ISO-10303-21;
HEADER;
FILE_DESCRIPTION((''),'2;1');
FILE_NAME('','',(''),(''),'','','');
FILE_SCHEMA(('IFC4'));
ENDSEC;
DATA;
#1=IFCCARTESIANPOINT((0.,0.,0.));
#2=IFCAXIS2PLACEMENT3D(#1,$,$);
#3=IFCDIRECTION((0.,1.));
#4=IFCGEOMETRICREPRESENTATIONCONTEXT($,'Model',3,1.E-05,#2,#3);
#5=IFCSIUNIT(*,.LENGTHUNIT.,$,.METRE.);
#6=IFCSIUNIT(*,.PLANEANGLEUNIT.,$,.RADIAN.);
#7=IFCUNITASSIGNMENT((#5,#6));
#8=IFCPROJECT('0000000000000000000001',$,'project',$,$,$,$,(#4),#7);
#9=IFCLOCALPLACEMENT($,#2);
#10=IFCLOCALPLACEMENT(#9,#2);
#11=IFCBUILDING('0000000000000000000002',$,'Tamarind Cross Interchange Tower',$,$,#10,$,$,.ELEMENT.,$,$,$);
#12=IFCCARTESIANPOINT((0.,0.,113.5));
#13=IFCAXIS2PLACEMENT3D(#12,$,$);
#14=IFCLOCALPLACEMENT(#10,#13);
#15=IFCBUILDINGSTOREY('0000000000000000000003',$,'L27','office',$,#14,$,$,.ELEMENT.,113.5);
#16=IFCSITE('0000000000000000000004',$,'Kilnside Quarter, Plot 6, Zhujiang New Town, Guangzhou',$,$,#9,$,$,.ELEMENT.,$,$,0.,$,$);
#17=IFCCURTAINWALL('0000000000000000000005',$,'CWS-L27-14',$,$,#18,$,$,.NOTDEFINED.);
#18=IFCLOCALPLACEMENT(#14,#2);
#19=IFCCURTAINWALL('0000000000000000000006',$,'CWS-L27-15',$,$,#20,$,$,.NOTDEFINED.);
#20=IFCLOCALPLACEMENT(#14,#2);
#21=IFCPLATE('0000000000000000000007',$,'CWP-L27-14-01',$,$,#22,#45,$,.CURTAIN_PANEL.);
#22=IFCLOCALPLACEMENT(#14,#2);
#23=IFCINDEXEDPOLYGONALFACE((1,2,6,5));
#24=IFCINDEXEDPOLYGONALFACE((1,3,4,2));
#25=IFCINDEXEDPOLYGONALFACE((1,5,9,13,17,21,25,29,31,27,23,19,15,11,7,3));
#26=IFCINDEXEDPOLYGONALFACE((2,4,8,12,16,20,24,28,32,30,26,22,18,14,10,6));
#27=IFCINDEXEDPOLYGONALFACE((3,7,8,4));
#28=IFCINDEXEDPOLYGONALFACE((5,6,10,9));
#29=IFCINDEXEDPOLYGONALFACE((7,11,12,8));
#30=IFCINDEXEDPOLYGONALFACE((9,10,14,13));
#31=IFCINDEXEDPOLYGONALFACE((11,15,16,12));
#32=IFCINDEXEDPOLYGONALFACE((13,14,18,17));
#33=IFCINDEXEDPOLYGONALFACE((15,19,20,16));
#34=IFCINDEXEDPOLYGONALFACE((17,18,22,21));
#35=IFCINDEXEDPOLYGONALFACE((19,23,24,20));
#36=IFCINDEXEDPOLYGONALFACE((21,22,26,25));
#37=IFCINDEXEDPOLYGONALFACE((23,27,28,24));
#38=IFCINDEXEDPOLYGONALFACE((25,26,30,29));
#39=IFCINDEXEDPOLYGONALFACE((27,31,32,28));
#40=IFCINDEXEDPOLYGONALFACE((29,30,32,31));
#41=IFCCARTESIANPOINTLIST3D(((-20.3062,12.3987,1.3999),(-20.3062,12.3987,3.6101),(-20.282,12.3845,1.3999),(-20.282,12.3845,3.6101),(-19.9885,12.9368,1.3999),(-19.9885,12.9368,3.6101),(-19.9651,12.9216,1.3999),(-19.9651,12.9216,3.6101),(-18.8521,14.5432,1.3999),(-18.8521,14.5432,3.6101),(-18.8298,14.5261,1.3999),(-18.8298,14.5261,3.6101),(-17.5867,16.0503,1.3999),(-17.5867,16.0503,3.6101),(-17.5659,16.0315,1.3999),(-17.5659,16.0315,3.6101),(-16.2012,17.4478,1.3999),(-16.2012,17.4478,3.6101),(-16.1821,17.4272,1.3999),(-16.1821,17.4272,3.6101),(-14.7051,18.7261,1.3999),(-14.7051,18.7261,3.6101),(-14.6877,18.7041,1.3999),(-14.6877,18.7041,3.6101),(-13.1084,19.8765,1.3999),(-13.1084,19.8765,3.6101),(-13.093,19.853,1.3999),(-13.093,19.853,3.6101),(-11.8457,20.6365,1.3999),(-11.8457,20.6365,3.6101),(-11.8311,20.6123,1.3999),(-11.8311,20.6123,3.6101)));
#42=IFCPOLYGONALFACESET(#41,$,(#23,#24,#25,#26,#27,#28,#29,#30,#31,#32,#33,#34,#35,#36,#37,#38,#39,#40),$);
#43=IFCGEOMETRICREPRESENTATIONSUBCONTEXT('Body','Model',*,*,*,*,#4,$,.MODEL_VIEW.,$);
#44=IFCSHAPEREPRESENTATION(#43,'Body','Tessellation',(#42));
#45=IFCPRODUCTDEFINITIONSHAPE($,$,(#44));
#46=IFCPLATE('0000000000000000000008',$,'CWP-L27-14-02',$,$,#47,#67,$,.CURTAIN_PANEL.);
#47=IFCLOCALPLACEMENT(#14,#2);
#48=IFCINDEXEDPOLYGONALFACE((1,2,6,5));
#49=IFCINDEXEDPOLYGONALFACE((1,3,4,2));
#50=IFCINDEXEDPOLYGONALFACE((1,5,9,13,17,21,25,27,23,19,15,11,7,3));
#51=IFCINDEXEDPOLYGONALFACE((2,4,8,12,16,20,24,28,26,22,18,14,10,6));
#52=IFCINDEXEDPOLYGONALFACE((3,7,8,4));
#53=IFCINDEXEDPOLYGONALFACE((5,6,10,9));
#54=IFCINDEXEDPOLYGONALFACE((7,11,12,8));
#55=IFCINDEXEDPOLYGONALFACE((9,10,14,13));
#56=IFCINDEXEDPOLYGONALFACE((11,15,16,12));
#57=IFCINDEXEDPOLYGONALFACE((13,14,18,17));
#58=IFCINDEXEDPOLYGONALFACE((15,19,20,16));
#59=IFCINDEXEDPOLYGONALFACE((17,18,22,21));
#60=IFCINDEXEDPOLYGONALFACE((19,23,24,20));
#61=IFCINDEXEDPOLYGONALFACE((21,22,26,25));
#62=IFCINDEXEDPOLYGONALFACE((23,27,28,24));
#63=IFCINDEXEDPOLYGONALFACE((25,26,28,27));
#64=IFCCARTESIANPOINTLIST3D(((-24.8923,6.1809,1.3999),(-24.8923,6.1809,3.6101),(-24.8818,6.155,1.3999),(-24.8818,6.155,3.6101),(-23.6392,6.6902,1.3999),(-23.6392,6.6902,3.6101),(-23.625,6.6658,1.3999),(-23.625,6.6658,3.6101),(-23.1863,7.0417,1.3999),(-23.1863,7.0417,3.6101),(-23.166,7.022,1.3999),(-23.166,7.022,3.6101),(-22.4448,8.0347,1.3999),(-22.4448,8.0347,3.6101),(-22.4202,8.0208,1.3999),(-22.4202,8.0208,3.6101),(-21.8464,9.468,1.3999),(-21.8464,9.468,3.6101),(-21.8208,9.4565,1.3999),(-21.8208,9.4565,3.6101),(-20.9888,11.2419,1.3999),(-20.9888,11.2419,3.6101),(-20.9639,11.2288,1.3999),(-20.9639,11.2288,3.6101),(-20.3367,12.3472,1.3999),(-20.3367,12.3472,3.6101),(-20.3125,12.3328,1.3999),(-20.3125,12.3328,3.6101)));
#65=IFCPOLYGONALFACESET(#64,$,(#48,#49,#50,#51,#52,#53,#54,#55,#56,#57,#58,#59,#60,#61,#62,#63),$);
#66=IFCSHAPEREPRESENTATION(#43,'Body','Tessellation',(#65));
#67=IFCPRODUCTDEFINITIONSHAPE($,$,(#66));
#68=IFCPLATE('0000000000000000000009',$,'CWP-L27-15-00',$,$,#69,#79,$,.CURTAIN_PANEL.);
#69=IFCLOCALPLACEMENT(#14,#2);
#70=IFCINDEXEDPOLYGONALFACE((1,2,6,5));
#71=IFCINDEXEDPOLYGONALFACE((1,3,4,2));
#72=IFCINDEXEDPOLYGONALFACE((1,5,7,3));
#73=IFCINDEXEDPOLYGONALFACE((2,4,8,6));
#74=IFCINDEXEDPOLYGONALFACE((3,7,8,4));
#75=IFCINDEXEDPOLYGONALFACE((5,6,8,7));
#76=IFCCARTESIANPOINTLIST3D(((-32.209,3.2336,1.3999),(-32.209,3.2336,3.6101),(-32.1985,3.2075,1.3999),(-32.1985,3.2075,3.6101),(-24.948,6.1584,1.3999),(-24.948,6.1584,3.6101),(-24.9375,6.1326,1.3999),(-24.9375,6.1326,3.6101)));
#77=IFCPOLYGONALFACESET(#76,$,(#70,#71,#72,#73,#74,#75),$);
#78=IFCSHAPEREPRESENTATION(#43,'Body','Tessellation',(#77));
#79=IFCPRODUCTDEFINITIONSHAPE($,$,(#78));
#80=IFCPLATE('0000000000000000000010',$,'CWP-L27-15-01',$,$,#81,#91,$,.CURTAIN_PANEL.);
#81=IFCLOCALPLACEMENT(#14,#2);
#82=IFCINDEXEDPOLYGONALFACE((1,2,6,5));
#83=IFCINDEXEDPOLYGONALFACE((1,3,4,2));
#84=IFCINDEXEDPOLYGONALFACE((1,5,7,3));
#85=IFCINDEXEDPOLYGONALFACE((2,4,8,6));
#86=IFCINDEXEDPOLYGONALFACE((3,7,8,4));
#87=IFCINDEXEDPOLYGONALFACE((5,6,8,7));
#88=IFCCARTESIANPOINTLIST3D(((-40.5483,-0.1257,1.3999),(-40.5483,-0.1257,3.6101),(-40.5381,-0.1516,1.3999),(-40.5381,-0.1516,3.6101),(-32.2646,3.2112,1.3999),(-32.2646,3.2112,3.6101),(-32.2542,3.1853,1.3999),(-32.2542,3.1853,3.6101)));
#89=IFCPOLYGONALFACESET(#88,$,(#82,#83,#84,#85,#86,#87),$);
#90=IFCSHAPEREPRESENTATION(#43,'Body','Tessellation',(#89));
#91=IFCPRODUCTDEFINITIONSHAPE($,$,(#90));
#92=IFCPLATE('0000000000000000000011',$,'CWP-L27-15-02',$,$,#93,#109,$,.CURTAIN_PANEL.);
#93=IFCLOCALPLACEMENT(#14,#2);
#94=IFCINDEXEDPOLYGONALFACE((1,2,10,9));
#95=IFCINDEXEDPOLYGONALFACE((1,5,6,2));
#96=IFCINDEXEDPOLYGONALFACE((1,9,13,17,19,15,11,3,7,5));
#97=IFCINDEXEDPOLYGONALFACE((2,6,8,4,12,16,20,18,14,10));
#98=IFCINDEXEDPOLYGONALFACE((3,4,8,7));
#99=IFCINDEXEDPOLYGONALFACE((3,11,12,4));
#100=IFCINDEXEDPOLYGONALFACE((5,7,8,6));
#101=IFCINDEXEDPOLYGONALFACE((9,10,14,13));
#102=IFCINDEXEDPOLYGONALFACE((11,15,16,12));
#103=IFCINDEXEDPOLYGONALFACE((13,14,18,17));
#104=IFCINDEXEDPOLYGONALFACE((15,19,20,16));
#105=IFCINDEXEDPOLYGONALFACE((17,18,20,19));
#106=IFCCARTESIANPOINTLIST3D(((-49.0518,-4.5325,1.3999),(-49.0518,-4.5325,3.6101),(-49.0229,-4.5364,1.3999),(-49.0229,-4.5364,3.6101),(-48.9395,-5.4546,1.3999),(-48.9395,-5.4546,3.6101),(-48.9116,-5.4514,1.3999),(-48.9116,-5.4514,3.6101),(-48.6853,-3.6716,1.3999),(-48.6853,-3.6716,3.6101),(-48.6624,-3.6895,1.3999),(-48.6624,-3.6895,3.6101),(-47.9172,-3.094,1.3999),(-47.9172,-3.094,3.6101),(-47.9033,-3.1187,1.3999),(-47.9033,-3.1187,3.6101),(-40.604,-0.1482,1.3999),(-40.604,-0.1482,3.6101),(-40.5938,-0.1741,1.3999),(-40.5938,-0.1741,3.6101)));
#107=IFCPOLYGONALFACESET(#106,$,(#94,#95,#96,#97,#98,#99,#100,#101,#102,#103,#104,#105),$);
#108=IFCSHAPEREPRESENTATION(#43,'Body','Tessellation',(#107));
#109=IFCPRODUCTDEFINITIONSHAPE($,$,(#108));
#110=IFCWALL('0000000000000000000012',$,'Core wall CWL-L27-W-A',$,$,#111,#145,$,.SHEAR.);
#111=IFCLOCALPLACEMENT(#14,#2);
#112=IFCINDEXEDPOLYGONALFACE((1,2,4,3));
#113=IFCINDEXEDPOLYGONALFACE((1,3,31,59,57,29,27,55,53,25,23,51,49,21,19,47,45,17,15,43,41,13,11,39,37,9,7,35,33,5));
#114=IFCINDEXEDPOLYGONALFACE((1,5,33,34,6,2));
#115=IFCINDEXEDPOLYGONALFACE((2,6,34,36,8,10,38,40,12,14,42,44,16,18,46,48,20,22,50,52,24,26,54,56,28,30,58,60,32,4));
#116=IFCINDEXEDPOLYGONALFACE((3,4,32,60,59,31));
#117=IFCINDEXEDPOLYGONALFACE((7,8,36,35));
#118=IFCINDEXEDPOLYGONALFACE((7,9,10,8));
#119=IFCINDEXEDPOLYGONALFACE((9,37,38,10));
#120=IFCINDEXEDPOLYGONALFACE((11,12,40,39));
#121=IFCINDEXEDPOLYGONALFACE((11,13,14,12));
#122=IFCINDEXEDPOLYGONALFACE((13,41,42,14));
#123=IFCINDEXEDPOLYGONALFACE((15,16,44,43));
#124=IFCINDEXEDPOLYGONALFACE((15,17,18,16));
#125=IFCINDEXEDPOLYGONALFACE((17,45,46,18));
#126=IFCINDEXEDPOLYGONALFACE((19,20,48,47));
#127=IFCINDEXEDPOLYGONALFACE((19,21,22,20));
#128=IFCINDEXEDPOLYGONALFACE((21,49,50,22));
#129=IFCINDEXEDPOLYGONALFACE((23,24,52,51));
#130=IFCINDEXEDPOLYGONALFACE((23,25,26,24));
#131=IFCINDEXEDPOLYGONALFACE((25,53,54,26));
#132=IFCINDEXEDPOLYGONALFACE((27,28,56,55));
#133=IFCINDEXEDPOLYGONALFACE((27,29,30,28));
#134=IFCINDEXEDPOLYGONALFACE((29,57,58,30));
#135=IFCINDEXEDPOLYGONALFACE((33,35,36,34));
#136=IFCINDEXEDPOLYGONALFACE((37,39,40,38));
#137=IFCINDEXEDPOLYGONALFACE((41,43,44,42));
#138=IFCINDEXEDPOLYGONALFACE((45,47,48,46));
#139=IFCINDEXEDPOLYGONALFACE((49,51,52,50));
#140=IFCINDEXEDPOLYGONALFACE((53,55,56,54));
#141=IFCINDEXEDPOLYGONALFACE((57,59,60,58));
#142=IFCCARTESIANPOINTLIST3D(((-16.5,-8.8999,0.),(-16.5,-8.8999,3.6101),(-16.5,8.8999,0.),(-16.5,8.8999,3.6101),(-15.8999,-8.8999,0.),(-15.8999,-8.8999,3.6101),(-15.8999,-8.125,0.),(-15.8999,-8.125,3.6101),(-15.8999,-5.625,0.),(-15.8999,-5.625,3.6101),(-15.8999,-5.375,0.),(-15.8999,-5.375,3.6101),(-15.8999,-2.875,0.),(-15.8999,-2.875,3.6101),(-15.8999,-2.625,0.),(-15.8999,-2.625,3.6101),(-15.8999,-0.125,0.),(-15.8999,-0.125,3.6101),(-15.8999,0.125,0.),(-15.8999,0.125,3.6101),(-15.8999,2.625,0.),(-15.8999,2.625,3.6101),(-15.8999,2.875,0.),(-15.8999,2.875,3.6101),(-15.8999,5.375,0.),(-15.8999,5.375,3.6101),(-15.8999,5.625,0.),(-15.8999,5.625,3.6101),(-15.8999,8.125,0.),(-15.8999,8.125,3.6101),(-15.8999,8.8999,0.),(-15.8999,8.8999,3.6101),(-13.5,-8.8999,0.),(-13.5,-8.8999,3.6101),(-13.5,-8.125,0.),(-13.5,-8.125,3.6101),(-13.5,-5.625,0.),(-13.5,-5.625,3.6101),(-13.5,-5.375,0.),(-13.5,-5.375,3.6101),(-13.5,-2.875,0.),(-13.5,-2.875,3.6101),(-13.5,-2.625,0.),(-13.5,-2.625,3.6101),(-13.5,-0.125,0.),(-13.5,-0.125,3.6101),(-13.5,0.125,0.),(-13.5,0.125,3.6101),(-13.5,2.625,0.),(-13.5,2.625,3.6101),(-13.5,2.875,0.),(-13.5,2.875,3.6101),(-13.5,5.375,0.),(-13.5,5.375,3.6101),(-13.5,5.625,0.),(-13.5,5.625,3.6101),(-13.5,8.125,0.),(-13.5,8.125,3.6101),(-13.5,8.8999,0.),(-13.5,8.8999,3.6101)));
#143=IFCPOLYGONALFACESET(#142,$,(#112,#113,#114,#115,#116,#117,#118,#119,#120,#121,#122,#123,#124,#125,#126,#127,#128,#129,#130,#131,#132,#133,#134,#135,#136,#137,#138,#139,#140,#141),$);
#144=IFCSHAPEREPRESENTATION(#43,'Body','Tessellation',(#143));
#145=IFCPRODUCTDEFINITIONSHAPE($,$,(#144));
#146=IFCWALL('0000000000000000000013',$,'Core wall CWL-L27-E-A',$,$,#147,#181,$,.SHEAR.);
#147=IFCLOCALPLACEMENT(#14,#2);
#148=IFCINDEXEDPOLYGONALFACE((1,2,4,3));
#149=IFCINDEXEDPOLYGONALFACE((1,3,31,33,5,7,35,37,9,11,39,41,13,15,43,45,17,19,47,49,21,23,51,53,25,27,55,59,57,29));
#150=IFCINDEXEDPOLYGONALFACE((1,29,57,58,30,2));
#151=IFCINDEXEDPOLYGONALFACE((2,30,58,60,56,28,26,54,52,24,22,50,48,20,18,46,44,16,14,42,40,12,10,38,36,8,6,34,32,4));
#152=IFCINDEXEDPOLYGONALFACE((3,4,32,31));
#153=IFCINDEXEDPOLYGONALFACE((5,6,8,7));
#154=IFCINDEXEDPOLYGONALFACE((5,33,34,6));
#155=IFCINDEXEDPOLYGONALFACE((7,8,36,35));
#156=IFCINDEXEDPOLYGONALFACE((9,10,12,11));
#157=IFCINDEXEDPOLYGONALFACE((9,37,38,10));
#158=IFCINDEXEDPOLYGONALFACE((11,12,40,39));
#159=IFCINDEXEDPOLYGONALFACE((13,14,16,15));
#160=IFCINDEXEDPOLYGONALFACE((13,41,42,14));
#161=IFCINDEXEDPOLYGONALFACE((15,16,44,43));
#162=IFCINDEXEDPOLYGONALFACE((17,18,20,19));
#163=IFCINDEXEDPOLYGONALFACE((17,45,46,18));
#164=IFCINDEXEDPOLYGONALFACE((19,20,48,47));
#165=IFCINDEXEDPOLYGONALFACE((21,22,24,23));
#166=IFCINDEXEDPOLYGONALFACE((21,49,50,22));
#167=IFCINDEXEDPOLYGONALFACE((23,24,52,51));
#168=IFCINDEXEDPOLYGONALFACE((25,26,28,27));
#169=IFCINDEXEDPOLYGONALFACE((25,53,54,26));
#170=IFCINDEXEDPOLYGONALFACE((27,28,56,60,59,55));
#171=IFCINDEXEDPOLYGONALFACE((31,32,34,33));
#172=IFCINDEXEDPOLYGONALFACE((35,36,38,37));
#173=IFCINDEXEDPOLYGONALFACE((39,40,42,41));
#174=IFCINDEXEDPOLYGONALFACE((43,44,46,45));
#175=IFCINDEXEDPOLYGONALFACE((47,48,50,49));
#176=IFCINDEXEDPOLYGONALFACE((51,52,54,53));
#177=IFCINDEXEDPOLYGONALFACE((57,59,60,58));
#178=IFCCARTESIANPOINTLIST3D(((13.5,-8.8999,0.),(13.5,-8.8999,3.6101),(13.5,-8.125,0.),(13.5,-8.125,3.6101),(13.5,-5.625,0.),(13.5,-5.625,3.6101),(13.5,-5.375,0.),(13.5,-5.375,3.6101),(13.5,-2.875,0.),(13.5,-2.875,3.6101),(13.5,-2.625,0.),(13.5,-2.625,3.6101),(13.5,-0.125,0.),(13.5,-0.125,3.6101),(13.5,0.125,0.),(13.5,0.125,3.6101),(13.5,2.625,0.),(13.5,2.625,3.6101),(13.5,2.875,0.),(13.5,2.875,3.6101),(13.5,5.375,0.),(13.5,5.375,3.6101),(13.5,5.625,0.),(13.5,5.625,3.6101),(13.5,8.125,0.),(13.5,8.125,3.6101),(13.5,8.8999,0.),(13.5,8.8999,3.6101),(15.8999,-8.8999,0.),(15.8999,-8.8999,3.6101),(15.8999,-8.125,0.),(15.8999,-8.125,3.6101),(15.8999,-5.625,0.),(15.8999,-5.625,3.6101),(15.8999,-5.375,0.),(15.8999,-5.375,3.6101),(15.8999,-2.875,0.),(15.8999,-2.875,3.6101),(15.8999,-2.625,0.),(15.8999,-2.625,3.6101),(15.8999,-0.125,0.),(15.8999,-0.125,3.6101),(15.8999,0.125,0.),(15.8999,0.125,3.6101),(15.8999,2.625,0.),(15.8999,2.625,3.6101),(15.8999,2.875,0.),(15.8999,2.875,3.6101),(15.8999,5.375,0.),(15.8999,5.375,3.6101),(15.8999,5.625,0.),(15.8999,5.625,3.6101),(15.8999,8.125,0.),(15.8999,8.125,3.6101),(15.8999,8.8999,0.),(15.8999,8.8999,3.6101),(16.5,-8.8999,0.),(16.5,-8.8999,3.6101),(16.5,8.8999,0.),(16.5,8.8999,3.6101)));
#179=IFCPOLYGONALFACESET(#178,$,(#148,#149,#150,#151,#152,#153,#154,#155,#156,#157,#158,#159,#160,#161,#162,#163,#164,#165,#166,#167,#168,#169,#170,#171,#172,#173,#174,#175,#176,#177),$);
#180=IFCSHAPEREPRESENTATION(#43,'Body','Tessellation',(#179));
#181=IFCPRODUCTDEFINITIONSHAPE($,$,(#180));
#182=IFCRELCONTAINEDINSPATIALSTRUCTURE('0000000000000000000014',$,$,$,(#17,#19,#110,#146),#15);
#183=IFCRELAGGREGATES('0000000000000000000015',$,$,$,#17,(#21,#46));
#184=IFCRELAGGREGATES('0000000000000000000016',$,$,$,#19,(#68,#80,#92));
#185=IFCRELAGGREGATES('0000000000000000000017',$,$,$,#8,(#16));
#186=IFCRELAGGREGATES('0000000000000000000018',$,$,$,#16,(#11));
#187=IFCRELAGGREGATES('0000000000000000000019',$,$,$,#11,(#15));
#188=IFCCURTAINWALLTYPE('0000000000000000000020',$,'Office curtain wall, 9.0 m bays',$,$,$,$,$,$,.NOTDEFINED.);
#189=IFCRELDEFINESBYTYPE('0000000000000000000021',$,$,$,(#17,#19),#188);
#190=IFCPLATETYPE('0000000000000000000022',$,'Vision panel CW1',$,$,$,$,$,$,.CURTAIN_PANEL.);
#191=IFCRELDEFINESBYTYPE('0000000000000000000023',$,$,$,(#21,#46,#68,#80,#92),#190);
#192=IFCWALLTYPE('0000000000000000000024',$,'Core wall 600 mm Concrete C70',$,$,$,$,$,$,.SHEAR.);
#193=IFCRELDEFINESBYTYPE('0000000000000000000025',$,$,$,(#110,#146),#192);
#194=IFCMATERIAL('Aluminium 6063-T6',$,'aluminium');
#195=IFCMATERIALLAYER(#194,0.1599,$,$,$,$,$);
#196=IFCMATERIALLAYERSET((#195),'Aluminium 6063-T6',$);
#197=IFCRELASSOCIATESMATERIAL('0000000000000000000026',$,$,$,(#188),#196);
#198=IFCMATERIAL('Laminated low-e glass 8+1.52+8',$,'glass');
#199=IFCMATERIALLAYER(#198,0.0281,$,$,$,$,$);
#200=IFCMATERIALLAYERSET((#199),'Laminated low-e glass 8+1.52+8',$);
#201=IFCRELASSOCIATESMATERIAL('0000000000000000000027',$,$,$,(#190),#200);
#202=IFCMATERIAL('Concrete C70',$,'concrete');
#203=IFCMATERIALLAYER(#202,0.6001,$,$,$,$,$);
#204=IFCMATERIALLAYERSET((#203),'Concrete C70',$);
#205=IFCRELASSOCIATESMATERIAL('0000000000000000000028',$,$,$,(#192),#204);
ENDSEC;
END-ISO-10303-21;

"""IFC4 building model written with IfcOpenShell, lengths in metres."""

from ifc_helpers import new_model, si_unit, direction, frame, origin, place, context, subcontext, project, spatial, polyline, outline, extrude, material, layer, layer_set, type_object, element, aggregate, save


model = new_model("IFC4")

# Units and contexts
model_context = context("Model", 3, precision=1e-05, world=origin(), true_north=direction((0.0, 1.0)))
body_context = subcontext(model_context, "Body", "Model", "MODEL_VIEW")
ifc_project = project(units=[si_unit("LENGTHUNIT", "METRE"), si_unit("PLANEANGLEUNIT", "RADIAN")], contexts=[model_context])

# Site, building, storey
site_placement = place(None, origin())
site = spatial("IfcSite", under=ifc_project, at=site_placement, Name="Kilnside Quarter, Plot 6, Zhujiang New Town, Guangzhou", CompositionType="ELEMENT", RefElevation=0.0)
building_placement = place(site_placement, origin())
building = spatial("IfcBuilding", under=site, at=building_placement, Name="Tamarind Cross Interchange Tower", CompositionType="ELEMENT")
storey_placement = place(building_placement, frame((0.0, 0.0, 113.5)))
storey = spatial("IfcBuildingStorey", under=building, at=storey_placement, Name="L27", Description="office", CompositionType="ELEMENT", Elevation=113.5)

# Curtain walls
ifc_material_1 = material(Name="Aluminium 6063-T6", Category="aluminium")
ifc_layer_1 = layer(ifc_material_1, 0.1599)
ifc_layer_set_1 = layer_set([ifc_layer_1], Name="Aluminium 6063-T6")
curtain_wall_type = type_object("IfcCurtainWallType", Name="Office curtain wall, 9.0 m bays", PredefinedType="NOTDEFINED", material=ifc_layer_set_1)
curtain_wall_1_placement = place(storey_placement, origin())
curtain_wall_1 = element("IfcCurtainWall", 1, at=curtain_wall_1_placement, inside=storey, type_object=curtain_wall_type, Name="CWS-L27-14", PredefinedType="NOTDEFINED")
curtain_wall_2_placement = place(storey_placement, origin())
curtain_wall_2 = element("IfcCurtainWall", 2, at=curtain_wall_2_placement, inside=storey, type_object=curtain_wall_type, Name="CWS-L27-15", PredefinedType="NOTDEFINED")

# Plates
ifc_material_2 = material(Name="Laminated low-e glass 8+1.52+8", Category="glass")
ifc_layer_2 = layer(ifc_material_2, 0.0281)
ifc_layer_set_2 = layer_set([ifc_layer_2], Name="Laminated low-e glass 8+1.52+8")
plate_type = type_object("IfcPlateType", Name="Vision panel CW1", PredefinedType="CURTAIN_PANEL", material=ifc_layer_set_2)
plate_1_placement = place(storey_placement, frame((0.0, 0.0, 1.3999)))
plate_1 = element("IfcPlate", 3, at=plate_1_placement, type_object=plate_type, Name="CWP-L27-14-01", PredefinedType="CURTAIN_PANEL", context=body_context, shape_type="SweptSolid", body=[
    extrude(outline(polyline([(-11.8311, 20.6123), (-13.093, 19.853), (-14.6877, 18.7041), (-16.1821, 17.4272), (-17.5659, 16.0315), (-18.8298, 14.5261), (-19.9651, 12.9216), (-20.282, 12.3845), (-20.3062, 12.3987), (-19.9885, 12.9368), (-18.8521, 14.5432), (-17.5867, 16.0503), (-16.2012, 17.4478), (-14.7051, 18.7261), (-13.1084, 19.8765), (-11.8457, 20.6365), (-11.8311, 20.6123)])), origin(), (0.0, 0.0, 1.0), 2.2102),
])
plate_2_placement = place(storey_placement, frame((0.0, 0.0, 1.3999)))
plate_2 = element("IfcPlate", 4, at=plate_2_placement, type_object=plate_type, Name="CWP-L27-14-02", PredefinedType="CURTAIN_PANEL", context=body_context, shape_type="SweptSolid", body=[
    extrude(outline(polyline([(-20.3125, 12.3328), (-20.9639, 11.2288), (-21.8208, 9.4565), (-22.4202, 8.0208), (-23.166, 7.022), (-23.625, 6.6658), (-24.8818, 6.155), (-24.8923, 6.1809), (-23.6392, 6.6902), (-23.1863, 7.0417), (-22.4448, 8.0347), (-21.8464, 9.468), (-20.9888, 11.2419), (-20.3367, 12.3472), (-20.3125, 12.3328)])), origin(), (0.0, 0.0, 1.0), 2.2102),
])
aggregate(curtain_wall_1, [plate_1, plate_2])
plate_3_placement = place(storey_placement, frame((0.0, 0.0, 1.3999)))
plate_3 = element("IfcPlate", 5, at=plate_3_placement, type_object=plate_type, Name="CWP-L27-15-00", PredefinedType="CURTAIN_PANEL", context=body_context, shape_type="SweptSolid", body=[
    extrude(outline(polyline([(-24.9375, 6.1326), (-32.1985, 3.2075), (-32.209, 3.2336), (-24.948, 6.1584), (-24.9375, 6.1326)])), origin(), (0.0, 0.0, 1.0), 2.2102),
])
plate_4_placement = place(storey_placement, frame((0.0, 0.0, 1.3999)))
plate_4 = element("IfcPlate", 6, at=plate_4_placement, type_object=plate_type, Name="CWP-L27-15-01", PredefinedType="CURTAIN_PANEL", context=body_context, shape_type="SweptSolid", body=[
    extrude(outline(polyline([(-32.2542, 3.1853), (-40.5381, -0.1516), (-40.5483, -0.1257), (-32.2646, 3.2112), (-32.2542, 3.1853)])), origin(), (0.0, 0.0, 1.0), 2.2102),
])
plate_5_placement = place(storey_placement, frame((0.0, 0.0, 1.3999)))
plate_5 = element("IfcPlate", 7, at=plate_5_placement, type_object=plate_type, Name="CWP-L27-15-02", PredefinedType="CURTAIN_PANEL", context=body_context, shape_type="SweptSolid", body=[
    extrude(outline(polyline([(-40.5938, -0.1741), (-47.9033, -3.1187), (-48.6624, -3.6895), (-49.0229, -4.5364), (-48.9116, -5.4514), (-48.9395, -5.4546), (-49.0518, -4.5325), (-48.6853, -3.6716), (-47.9172, -3.094), (-40.604, -0.1482), (-40.5938, -0.1741)])), origin(), (0.0, 0.0, 1.0), 2.2102),
])
aggregate(curtain_wall_2, [plate_3, plate_4, plate_5])

# Walls
ifc_material_3 = material(Name="Concrete C70", Category="concrete")
ifc_layer_3 = layer(ifc_material_3, 0.6001)
ifc_layer_set_3 = layer_set([ifc_layer_3], Name="Concrete C70")
wall_type_1 = type_object("IfcWallType", Name="Core wall 600 mm Concrete C70", PredefinedType="SHEAR", material=ifc_layer_set_3)
wall_1_placement = place(storey_placement, origin())
element("IfcWall", 8, at=wall_1_placement, inside=storey, type_object=wall_type_1, Name="Core wall CWL-L27-W-A", PredefinedType="SHEAR", context=body_context, shape_type="SweptSolid", body=[
    extrude(outline(polyline([(-13.5, -8.8999), (-13.5, -8.125), (-15.8999, -8.125), (-15.8999, -5.625), (-13.5, -5.625), (-13.5, -5.375), (-15.8999, -5.375), (-15.8999, -2.875), (-13.5, -2.875), (-13.5, -2.625), (-15.8999, -2.625), (-15.8999, -0.125), (-13.5, -0.125), (-13.5, 0.125), (-15.8999, 0.125), (-15.8999, 2.625), (-13.5, 2.625), (-13.5, 2.875), (-15.8999, 2.875), (-15.8999, 5.375), (-13.5, 5.375), (-13.5, 5.625), (-15.8999, 5.625), (-15.8999, 8.125), (-13.5, 8.125), (-13.5, 8.8999), (-15.8999, 8.8999), (-16.5, 8.8999), (-16.5, -8.8999), (-15.8999, -8.8999), (-13.5, -8.8999)])), origin(), (0.0, 0.0, 1.0), 3.6101),
])
wall_2_placement = place(storey_placement, origin())
element("IfcWall", 9, at=wall_2_placement, inside=storey, type_object=wall_type_1, Name="Core wall CWL-L27-E-A", PredefinedType="SHEAR", context=body_context, shape_type="SweptSolid", body=[
    extrude(outline(polyline([(13.5, -8.8999), (15.8999, -8.8999), (16.5, -8.8999), (16.5, 8.8999), (15.8999, 8.8999), (13.5, 8.8999), (13.5, 8.125), (15.8999, 8.125), (15.8999, 5.625), (13.5, 5.625), (13.5, 5.375), (15.8999, 5.375), (15.8999, 2.875), (13.5, 2.875), (13.5, 2.625), (15.8999, 2.625), (15.8999, 0.125), (13.5, 0.125), (13.5, -0.125), (15.8999, -0.125), (15.8999, -2.625), (13.5, -2.625), (13.5, -2.875), (15.8999, -2.875), (15.8999, -5.375), (13.5, -5.375), (13.5, -5.625), (15.8999, -5.625), (15.8999, -8.125), (13.5, -8.125), (13.5, -8.8999)])), origin(), (0.0, 0.0, 1.0), 3.6101),
])

save(model, "model.ifc")
